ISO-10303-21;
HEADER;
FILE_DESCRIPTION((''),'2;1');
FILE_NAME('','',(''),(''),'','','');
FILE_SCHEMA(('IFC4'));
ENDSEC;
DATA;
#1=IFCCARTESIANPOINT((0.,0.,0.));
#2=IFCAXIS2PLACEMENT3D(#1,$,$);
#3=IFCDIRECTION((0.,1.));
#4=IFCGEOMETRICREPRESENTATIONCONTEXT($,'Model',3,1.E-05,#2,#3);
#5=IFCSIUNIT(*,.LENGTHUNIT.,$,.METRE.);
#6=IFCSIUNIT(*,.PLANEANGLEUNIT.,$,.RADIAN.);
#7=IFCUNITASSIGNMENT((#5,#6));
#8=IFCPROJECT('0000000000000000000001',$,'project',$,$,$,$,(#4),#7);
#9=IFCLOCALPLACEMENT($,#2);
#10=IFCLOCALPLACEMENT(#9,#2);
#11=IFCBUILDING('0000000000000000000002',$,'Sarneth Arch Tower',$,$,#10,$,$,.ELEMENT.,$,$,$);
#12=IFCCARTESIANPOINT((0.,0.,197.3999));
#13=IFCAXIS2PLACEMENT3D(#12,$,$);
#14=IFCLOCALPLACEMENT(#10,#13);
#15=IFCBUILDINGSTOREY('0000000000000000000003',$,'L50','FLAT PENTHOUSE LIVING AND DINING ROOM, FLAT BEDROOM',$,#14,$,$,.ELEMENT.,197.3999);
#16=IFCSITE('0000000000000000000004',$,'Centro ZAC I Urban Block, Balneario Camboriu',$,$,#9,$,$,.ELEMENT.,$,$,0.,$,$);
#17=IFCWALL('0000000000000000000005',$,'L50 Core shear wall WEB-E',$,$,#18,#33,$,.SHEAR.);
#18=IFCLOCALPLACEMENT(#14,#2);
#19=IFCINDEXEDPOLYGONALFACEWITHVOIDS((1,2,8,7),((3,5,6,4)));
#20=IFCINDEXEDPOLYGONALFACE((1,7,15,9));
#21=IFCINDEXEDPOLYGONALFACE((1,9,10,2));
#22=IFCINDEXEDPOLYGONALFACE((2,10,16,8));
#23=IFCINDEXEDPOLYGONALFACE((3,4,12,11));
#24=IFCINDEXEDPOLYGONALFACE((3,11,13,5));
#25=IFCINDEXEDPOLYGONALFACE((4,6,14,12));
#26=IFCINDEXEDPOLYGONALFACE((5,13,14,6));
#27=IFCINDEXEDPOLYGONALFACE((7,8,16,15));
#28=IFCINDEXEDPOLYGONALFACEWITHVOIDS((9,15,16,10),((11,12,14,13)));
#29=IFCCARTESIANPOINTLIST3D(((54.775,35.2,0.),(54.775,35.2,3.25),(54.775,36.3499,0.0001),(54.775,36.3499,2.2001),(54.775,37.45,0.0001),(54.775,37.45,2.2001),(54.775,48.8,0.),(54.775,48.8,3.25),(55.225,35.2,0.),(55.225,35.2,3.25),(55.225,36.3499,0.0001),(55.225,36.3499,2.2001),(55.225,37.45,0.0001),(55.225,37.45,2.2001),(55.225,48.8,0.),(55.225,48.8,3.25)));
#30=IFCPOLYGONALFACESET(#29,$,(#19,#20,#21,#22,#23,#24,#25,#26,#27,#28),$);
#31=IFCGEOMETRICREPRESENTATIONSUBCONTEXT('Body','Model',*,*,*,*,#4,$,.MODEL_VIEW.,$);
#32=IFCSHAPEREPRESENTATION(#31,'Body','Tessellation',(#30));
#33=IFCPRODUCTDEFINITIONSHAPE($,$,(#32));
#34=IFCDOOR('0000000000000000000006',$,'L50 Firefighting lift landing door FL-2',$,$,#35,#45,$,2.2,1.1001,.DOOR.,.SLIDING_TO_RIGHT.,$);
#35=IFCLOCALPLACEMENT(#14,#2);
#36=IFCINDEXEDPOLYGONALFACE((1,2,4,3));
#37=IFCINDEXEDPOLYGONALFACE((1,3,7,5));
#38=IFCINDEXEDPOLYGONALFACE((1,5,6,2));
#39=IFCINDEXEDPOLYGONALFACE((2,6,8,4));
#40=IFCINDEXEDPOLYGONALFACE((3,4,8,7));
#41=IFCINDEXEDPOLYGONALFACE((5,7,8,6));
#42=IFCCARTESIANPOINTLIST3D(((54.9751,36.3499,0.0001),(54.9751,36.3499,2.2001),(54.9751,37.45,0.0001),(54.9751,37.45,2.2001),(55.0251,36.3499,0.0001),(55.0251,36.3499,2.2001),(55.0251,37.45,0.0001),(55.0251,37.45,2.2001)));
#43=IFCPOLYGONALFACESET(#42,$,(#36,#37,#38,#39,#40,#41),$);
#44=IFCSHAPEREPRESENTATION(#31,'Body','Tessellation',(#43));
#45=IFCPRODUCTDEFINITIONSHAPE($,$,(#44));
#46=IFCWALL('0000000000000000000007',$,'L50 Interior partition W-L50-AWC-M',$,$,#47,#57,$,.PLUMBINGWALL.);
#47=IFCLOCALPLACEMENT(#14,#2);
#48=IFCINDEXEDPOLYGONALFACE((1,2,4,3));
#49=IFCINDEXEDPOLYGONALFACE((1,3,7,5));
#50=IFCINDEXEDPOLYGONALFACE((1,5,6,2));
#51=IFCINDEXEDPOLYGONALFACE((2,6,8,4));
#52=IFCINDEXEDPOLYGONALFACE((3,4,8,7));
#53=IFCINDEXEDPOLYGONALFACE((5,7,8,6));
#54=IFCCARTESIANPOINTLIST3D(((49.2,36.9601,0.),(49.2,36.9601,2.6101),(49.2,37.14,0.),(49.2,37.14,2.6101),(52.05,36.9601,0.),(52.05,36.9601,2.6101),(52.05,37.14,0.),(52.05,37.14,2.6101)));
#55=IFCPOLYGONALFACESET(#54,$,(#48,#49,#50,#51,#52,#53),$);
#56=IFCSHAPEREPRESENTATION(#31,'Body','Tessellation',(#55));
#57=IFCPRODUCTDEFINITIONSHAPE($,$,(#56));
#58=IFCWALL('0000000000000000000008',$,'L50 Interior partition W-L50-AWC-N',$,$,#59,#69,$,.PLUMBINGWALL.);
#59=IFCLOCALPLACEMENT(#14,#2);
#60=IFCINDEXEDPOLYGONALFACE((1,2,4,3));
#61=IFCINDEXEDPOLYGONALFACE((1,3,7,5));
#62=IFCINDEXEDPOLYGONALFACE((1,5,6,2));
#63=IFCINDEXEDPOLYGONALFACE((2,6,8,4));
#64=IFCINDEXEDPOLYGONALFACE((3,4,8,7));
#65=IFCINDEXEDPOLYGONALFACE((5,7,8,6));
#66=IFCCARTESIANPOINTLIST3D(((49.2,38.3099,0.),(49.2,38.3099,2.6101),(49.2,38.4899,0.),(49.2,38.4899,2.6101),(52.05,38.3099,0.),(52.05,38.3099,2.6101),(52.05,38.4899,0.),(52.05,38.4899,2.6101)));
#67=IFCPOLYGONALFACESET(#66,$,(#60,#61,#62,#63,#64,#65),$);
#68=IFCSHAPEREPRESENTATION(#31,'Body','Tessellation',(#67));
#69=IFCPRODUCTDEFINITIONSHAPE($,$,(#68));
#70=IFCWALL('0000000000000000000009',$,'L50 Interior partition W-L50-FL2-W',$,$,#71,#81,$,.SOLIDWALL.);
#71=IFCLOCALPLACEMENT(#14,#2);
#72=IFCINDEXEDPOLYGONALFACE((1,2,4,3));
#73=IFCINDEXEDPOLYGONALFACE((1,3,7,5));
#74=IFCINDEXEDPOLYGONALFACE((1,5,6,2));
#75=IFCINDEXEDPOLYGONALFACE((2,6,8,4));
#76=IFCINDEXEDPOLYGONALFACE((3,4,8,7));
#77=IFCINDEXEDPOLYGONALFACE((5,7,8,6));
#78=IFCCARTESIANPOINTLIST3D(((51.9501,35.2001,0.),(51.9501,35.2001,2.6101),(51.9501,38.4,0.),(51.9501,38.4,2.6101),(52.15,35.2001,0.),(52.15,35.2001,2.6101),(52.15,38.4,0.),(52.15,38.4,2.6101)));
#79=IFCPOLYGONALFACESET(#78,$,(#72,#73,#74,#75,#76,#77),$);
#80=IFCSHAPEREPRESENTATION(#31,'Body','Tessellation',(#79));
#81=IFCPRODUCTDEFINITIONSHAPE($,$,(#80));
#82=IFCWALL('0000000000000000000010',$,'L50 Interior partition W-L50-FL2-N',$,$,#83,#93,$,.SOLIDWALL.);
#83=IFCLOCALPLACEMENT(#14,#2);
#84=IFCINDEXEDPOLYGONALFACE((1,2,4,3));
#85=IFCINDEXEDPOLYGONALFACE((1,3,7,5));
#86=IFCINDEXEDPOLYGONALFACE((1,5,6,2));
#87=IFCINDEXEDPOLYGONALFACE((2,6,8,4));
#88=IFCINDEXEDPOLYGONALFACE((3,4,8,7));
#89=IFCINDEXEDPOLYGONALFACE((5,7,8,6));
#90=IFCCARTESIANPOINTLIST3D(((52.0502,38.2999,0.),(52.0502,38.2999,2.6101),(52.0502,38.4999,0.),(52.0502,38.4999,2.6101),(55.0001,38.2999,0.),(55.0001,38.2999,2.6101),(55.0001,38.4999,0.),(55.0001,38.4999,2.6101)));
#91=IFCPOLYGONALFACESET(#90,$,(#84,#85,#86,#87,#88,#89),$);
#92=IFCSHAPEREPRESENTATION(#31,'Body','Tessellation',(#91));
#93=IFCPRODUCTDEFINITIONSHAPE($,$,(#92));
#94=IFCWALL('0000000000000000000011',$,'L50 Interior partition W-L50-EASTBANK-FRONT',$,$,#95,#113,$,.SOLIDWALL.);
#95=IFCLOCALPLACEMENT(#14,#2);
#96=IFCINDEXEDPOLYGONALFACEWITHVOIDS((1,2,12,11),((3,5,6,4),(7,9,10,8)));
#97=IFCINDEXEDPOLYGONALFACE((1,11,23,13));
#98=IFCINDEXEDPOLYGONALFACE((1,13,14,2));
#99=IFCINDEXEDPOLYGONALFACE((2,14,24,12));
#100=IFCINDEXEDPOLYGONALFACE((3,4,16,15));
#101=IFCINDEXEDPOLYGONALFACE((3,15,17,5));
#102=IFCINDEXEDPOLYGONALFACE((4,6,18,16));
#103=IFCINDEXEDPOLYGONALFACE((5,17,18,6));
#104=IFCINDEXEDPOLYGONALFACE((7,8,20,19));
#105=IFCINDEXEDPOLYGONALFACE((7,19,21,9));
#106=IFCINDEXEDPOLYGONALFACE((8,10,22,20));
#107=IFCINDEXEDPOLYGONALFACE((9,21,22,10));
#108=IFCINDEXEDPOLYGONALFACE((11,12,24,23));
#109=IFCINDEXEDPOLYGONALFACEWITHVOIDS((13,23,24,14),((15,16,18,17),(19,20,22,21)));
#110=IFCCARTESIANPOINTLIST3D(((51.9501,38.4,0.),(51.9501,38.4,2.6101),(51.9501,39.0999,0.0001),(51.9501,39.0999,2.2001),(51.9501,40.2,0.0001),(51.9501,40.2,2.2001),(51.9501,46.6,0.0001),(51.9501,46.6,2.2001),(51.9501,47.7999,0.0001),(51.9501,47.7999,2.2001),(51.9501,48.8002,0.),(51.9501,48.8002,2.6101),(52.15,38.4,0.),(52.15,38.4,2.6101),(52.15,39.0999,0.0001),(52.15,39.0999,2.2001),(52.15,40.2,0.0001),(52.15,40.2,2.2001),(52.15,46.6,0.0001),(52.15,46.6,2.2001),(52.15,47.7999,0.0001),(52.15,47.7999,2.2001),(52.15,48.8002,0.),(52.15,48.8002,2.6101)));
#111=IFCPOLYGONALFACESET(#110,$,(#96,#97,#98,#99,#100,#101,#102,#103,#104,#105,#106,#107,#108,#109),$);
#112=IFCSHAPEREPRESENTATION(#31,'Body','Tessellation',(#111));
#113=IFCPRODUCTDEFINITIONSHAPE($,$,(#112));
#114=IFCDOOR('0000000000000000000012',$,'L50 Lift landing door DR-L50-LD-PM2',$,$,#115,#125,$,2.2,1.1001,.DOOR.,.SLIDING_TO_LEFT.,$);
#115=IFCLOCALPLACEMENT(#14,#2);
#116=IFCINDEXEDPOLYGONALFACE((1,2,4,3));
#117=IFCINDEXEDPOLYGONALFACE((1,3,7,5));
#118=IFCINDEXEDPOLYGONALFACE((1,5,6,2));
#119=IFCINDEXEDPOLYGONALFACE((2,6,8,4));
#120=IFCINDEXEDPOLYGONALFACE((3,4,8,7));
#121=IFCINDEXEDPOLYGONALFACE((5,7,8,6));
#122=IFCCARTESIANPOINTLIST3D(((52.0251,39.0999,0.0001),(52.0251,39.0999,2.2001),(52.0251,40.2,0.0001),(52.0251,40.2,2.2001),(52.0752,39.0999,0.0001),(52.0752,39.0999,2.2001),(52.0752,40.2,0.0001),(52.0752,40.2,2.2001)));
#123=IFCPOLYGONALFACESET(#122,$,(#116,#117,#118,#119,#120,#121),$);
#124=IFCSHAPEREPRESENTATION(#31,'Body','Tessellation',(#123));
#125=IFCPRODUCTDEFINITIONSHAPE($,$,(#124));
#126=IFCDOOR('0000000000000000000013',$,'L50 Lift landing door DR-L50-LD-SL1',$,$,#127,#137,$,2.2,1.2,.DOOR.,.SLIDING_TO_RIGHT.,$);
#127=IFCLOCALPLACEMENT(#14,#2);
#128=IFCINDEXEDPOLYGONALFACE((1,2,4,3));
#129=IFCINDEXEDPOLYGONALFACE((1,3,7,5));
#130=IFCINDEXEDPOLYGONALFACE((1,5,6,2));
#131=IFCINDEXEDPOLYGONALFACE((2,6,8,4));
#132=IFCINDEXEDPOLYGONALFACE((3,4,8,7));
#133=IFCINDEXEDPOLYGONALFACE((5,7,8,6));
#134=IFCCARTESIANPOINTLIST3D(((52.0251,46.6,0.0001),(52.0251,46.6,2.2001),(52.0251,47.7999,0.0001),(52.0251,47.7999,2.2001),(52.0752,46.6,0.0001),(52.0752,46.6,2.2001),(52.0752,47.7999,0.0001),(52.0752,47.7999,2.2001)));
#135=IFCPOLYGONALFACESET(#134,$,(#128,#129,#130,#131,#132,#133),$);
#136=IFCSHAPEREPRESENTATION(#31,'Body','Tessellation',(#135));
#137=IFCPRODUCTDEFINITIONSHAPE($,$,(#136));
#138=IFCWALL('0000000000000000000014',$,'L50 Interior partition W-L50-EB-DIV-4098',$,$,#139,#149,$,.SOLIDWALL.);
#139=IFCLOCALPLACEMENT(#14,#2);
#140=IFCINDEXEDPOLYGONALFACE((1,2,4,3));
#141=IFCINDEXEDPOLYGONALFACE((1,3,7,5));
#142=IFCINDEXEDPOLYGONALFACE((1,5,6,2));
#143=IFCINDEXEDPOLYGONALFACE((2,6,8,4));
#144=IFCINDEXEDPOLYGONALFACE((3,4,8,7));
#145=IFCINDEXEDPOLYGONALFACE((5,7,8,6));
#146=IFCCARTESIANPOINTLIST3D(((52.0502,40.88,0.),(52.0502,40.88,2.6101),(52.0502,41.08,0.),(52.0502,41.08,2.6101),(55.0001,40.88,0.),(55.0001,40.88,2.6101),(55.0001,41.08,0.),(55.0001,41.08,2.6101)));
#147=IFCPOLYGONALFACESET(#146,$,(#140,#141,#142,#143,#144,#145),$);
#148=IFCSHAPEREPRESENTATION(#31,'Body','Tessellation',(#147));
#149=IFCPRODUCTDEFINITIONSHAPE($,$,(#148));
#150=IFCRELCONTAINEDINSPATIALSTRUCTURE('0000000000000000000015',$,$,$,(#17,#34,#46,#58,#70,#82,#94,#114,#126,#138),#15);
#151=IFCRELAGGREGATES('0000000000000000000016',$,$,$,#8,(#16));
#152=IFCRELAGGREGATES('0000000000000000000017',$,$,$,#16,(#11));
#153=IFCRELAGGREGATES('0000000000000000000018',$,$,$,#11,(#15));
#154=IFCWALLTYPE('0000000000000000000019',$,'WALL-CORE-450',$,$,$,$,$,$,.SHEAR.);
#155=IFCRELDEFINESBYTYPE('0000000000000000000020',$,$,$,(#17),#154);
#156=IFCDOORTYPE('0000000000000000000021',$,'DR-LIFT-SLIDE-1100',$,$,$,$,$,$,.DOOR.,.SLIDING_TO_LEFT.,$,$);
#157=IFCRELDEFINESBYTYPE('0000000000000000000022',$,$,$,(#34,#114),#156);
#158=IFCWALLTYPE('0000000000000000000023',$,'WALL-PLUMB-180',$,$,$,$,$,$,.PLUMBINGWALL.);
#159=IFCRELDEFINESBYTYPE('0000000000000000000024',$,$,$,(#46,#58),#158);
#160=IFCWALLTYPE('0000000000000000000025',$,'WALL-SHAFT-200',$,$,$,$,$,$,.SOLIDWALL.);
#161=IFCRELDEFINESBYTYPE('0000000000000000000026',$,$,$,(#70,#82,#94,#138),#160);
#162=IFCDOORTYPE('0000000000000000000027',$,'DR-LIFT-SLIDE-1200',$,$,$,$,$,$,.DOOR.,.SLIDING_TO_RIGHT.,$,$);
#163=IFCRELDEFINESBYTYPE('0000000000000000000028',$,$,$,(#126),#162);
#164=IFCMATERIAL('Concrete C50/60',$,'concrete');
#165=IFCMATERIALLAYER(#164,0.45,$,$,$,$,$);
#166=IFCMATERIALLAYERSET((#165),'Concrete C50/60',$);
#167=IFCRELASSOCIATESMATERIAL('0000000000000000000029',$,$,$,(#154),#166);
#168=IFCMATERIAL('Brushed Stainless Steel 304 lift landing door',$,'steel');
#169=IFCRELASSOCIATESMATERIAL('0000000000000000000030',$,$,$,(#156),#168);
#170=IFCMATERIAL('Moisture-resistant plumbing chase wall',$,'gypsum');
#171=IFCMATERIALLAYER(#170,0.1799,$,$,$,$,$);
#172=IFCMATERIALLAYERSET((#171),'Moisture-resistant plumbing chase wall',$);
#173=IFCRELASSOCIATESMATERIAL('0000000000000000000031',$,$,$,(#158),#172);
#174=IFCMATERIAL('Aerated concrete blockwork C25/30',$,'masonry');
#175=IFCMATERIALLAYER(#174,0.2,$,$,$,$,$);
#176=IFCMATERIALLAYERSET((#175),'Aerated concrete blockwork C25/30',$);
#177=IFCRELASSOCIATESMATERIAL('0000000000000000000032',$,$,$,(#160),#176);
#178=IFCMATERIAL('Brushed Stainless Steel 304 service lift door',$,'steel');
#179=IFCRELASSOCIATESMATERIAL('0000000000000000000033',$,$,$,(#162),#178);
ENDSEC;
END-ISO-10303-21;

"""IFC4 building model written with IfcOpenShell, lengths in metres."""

from ifc_helpers import new_model, si_unit, direction, frame, frame_2d, origin, place, context, subcontext, project, spatial, rectangle, extrude, material, layer, layer_set, type_object, element, fill, save


model = new_model("IFC4")

# Units and contexts
model_context = context("Model", 3, precision=1e-05, world=origin(), true_north=direction((0.0, 1.0)))
body_context = subcontext(model_context, "Body", "Model", "MODEL_VIEW")
ifc_project = project(units=[si_unit("LENGTHUNIT", "METRE"), si_unit("PLANEANGLEUNIT", "RADIAN")], contexts=[model_context])

# Site, building, storey
site_placement = place(None, origin())
site = spatial("IfcSite", under=ifc_project, at=site_placement, Name="Centro ZAC I Urban Block, Balneario Camboriu", CompositionType="ELEMENT", RefElevation=0.0)
building_placement = place(site_placement, origin())
building = spatial("IfcBuilding", under=site, at=building_placement, Name="Sarneth Arch Tower", CompositionType="ELEMENT")
storey_placement = place(building_placement, frame((0.0, 0.0, 197.3999)))
storey = spatial("IfcBuildingStorey", under=building, at=storey_placement, Name="L50", Description="FLAT PENTHOUSE LIVING AND DINING ROOM, FLAT BEDROOM", CompositionType="ELEMENT", Elevation=197.3999)

# Shared definitions
ifc_material_1 = material(Name="Concrete C50/60", Category="concrete")
ifc_layer_1 = layer(ifc_material_1, 0.45)
ifc_layer_set_1 = layer_set([ifc_layer_1], Name="Concrete C50/60")
wall_type_1 = type_object("IfcWallType", Name="WALL-CORE-450", PredefinedType="SHEAR", material=ifc_layer_set_1)

# Wall, opening, door
wall_1_placement = place(storey_placement, frame((55.0, 35.2, 0.0), z_axis=(0.0, 0.0, 1.0), x_axis=(0.0, 1.0, 0.0)))
wall_1 = element("IfcWall", 1, at=wall_1_placement, inside=storey, type_object=wall_type_1, Name="L50 Core shear wall WEB-E", PredefinedType="SHEAR", context=body_context, shape_type="SweptSolid", body=[
    extrude(rectangle(XDim=13.6001, YDim=0.45, at=frame_2d((6.8, 0.0))), origin(), (0.0, 0.0, 1.0), 3.25),
])
opening_1_placement = place(wall_1_placement, frame((1.1499, 0.0, 0.0)))
opening_1 = element("IfcOpeningElement", 2, at=opening_1_placement, cuts=wall_1, PredefinedType="OPENING", context=body_context, shape_type="SweptSolid", body=[
    extrude(rectangle(XDim=1.1001, YDim=2.2, at=frame_2d((0.55, 1.1001))), frame((0.0, 0.2349, 0.0), z_axis=(0.0, -1.0, 0.0), x_axis=(1.0, 0.0, 0.0)), (0.0, 0.0, 1.0), 0.47),
])
ifc_material_2 = material(Name="Brushed Stainless Steel 304 lift landing door", Category="steel")
door_type_1 = type_object("IfcDoorType", Name="DR-LIFT-SLIDE-1100", OperationType="SLIDING_TO_LEFT", PredefinedType="DOOR", material=ifc_material_2)
door_1_placement = place(opening_1_placement, origin())
door_1 = element("IfcDoor", 3, at=door_1_placement, inside=storey, type_object=door_type_1, Name="L50 Firefighting lift landing door FL-2", OperationType="SLIDING_TO_RIGHT", OverallHeight=2.2, OverallWidth=1.1001, PredefinedType="DOOR", context=body_context, shape_type="SweptSolid", body=[
    extrude(rectangle(XDim=1.1001, YDim=2.2, at=frame_2d((0.55, 1.1001))), frame((0.0, 0.0249, 0.0), z_axis=(0.0, -1.0, 0.0), x_axis=(1.0, 0.0, 0.0)), (0.0, 0.0, 1.0), 0.05),
])
fill(opening_1, door_1)

# Walls
ifc_material_3 = material(Name="Moisture-resistant plumbing chase wall", Category="gypsum")
ifc_layer_2 = layer(ifc_material_3, 0.1799)
ifc_layer_set_2 = layer_set([ifc_layer_2], Name="Moisture-resistant plumbing chase wall")
wall_type_2 = type_object("IfcWallType", Name="WALL-PLUMB-180", PredefinedType="PLUMBINGWALL", material=ifc_layer_set_2)
for number, where, z_axis, x_axis, name in (
    (4, (49.2, 37.05, 0.0), (0.0, 0.0, 1.0), (1.0, 0.0, 0.0), "L50 Interior partition W-L50-AWC-M"),
    (5, (49.2, 38.3999, 0.0), (0.0, 0.0, 1.0), (1.0, 0.0, 0.0), "L50 Interior partition W-L50-AWC-N"),
):
    element("IfcWall", number, at=place(storey_placement, frame(where, z_axis=z_axis, x_axis=x_axis)), inside=storey, type_object=wall_type_2, Name=name, PredefinedType="PLUMBINGWALL", context=body_context, shape_type="SweptSolid", body=[
        extrude(rectangle(XDim=2.8501, YDim=0.1799, at=frame_2d((1.425, 0.0))), origin(), (0.0, 0.0, 1.0), 2.6101),
    ])

# Shared definitions
ifc_material_4 = material(Name="Aerated concrete blockwork C25/30", Category="masonry")
ifc_layer_3 = layer(ifc_material_4, 0.2)
ifc_layer_set_3 = layer_set([ifc_layer_3], Name="Aerated concrete blockwork C25/30")
wall_type_3 = type_object("IfcWallType", Name="WALL-SHAFT-200", PredefinedType="SOLIDWALL", material=ifc_layer_set_3)

# Walls
wall_2_placement = place(storey_placement, frame((52.05, 35.2, 0.0), z_axis=(0.0, 0.0, 1.0), x_axis=(0.0, 1.0, 0.0)))
element("IfcWall", 6, at=wall_2_placement, inside=storey, type_object=wall_type_3, Name="L50 Interior partition W-L50-FL2-W", PredefinedType="SOLIDWALL", context=body_context, shape_type="SweptSolid", body=[
    extrude(rectangle(XDim=3.2, YDim=0.2, at=frame_2d((1.6001, 0.0))), origin(), (0.0, 0.0, 1.0), 2.6101),
])
wall_3_placement = place(storey_placement, frame((52.05, 38.3999, 0.0), z_axis=(0.0, 0.0, 1.0), x_axis=(1.0, 0.0, 0.0)))
element("IfcWall", 7, at=wall_3_placement, inside=storey, type_object=wall_type_3, Name="L50 Interior partition W-L50-FL2-N", PredefinedType="SOLIDWALL", context=body_context, shape_type="SweptSolid", body=[
    extrude(rectangle(XDim=2.95, YDim=0.2, at=frame_2d((1.4751, 0.0))), origin(), (0.0, 0.0, 1.0), 2.6101),
])

# Wall, openings, doors
wall_4_placement = place(storey_placement, frame((52.05, 38.3999, 0.0), z_axis=(0.0, 0.0, 1.0), x_axis=(0.0, 1.0, 0.0)))
wall_4 = element("IfcWall", 8, at=wall_4_placement, inside=storey, type_object=wall_type_3, Name="L50 Interior partition W-L50-EASTBANK-FRONT", PredefinedType="SOLIDWALL", context=body_context, shape_type="SweptSolid", body=[
    extrude(rectangle(XDim=10.4001, YDim=0.2, at=frame_2d((5.2002, 0.0))), origin(), (0.0, 0.0, 1.0), 2.6101),
])
opening_2_placement = place(wall_4_placement, frame((0.7, 0.0, 0.0)))
opening_2 = element("IfcOpeningElement", 9, at=opening_2_placement, cuts=wall_4, PredefinedType="OPENING", context=body_context, shape_type="SweptSolid", body=[
    extrude(rectangle(XDim=1.1001, YDim=2.2, at=frame_2d((0.55, 1.1001))), frame((0.0, 0.1099, 0.0), z_axis=(0.0, -1.0, 0.0), x_axis=(1.0, 0.0, 0.0)), (0.0, 0.0, 1.0), 0.22),
])
opening_3_placement = place(wall_4_placement, frame((8.2, 0.0, 0.0)))
opening_3 = element("IfcOpeningElement", 10, at=opening_3_placement, cuts=wall_4, PredefinedType="OPENING", context=body_context, shape_type="SweptSolid", body=[
    extrude(rectangle(XDim=1.2, YDim=2.2, at=frame_2d((0.6001, 1.1001))), frame((0.0, 0.1099, 0.0), z_axis=(0.0, -1.0, 0.0), x_axis=(1.0, 0.0, 0.0)), (0.0, 0.0, 1.0), 0.22),
])
door_2_placement = place(opening_2_placement, origin())
door_2 = element("IfcDoor", 11, at=door_2_placement, inside=storey, type_object=door_type_1, Name="L50 Lift landing door DR-L50-LD-PM2", OperationType="SLIDING_TO_LEFT", OverallHeight=2.2, OverallWidth=1.1001, PredefinedType="DOOR", context=body_context, shape_type="SweptSolid", body=[
    extrude(rectangle(XDim=1.1001, YDim=2.2, at=frame_2d((0.55, 1.1001))), frame((0.0, 0.0249, 0.0), z_axis=(0.0, -1.0, 0.0), x_axis=(1.0, 0.0, 0.0)), (0.0, 0.0, 1.0), 0.05),
])
fill(opening_2, door_2)
ifc_material_5 = material(Name="Brushed Stainless Steel 304 service lift door", Category="steel")
door_type_2 = type_object("IfcDoorType", Name="DR-LIFT-SLIDE-1200", OperationType="SLIDING_TO_RIGHT", PredefinedType="DOOR", material=ifc_material_5)
door_3_placement = place(opening_3_placement, origin())
door_3 = element("IfcDoor", 12, at=door_3_placement, inside=storey, type_object=door_type_2, Name="L50 Lift landing door DR-L50-LD-SL1", OperationType="SLIDING_TO_RIGHT", OverallHeight=2.2, OverallWidth=1.2, PredefinedType="DOOR", context=body_context, shape_type="SweptSolid", body=[
    extrude(rectangle(XDim=1.2, YDim=2.2, at=frame_2d((0.6001, 1.1001))), frame((0.0, 0.0249, 0.0), z_axis=(0.0, -1.0, 0.0), x_axis=(1.0, 0.0, 0.0)), (0.0, 0.0, 1.0), 0.05),
])
fill(opening_3, door_3)

# Wall
wall_5_placement = place(storey_placement, frame((52.05, 40.98, 0.0), z_axis=(0.0, 0.0, 1.0), x_axis=(1.0, 0.0, 0.0)))
element("IfcWall", 13, at=wall_5_placement, inside=storey, type_object=wall_type_3, Name="L50 Interior partition W-L50-EB-DIV-4098", PredefinedType="SOLIDWALL", context=body_context, shape_type="SweptSolid", body=[
    extrude(rectangle(XDim=2.95, YDim=0.2, at=frame_2d((1.4751, 0.0))), origin(), (0.0, 0.0, 1.0), 2.6101),
])

save(model, "model.ifc")
